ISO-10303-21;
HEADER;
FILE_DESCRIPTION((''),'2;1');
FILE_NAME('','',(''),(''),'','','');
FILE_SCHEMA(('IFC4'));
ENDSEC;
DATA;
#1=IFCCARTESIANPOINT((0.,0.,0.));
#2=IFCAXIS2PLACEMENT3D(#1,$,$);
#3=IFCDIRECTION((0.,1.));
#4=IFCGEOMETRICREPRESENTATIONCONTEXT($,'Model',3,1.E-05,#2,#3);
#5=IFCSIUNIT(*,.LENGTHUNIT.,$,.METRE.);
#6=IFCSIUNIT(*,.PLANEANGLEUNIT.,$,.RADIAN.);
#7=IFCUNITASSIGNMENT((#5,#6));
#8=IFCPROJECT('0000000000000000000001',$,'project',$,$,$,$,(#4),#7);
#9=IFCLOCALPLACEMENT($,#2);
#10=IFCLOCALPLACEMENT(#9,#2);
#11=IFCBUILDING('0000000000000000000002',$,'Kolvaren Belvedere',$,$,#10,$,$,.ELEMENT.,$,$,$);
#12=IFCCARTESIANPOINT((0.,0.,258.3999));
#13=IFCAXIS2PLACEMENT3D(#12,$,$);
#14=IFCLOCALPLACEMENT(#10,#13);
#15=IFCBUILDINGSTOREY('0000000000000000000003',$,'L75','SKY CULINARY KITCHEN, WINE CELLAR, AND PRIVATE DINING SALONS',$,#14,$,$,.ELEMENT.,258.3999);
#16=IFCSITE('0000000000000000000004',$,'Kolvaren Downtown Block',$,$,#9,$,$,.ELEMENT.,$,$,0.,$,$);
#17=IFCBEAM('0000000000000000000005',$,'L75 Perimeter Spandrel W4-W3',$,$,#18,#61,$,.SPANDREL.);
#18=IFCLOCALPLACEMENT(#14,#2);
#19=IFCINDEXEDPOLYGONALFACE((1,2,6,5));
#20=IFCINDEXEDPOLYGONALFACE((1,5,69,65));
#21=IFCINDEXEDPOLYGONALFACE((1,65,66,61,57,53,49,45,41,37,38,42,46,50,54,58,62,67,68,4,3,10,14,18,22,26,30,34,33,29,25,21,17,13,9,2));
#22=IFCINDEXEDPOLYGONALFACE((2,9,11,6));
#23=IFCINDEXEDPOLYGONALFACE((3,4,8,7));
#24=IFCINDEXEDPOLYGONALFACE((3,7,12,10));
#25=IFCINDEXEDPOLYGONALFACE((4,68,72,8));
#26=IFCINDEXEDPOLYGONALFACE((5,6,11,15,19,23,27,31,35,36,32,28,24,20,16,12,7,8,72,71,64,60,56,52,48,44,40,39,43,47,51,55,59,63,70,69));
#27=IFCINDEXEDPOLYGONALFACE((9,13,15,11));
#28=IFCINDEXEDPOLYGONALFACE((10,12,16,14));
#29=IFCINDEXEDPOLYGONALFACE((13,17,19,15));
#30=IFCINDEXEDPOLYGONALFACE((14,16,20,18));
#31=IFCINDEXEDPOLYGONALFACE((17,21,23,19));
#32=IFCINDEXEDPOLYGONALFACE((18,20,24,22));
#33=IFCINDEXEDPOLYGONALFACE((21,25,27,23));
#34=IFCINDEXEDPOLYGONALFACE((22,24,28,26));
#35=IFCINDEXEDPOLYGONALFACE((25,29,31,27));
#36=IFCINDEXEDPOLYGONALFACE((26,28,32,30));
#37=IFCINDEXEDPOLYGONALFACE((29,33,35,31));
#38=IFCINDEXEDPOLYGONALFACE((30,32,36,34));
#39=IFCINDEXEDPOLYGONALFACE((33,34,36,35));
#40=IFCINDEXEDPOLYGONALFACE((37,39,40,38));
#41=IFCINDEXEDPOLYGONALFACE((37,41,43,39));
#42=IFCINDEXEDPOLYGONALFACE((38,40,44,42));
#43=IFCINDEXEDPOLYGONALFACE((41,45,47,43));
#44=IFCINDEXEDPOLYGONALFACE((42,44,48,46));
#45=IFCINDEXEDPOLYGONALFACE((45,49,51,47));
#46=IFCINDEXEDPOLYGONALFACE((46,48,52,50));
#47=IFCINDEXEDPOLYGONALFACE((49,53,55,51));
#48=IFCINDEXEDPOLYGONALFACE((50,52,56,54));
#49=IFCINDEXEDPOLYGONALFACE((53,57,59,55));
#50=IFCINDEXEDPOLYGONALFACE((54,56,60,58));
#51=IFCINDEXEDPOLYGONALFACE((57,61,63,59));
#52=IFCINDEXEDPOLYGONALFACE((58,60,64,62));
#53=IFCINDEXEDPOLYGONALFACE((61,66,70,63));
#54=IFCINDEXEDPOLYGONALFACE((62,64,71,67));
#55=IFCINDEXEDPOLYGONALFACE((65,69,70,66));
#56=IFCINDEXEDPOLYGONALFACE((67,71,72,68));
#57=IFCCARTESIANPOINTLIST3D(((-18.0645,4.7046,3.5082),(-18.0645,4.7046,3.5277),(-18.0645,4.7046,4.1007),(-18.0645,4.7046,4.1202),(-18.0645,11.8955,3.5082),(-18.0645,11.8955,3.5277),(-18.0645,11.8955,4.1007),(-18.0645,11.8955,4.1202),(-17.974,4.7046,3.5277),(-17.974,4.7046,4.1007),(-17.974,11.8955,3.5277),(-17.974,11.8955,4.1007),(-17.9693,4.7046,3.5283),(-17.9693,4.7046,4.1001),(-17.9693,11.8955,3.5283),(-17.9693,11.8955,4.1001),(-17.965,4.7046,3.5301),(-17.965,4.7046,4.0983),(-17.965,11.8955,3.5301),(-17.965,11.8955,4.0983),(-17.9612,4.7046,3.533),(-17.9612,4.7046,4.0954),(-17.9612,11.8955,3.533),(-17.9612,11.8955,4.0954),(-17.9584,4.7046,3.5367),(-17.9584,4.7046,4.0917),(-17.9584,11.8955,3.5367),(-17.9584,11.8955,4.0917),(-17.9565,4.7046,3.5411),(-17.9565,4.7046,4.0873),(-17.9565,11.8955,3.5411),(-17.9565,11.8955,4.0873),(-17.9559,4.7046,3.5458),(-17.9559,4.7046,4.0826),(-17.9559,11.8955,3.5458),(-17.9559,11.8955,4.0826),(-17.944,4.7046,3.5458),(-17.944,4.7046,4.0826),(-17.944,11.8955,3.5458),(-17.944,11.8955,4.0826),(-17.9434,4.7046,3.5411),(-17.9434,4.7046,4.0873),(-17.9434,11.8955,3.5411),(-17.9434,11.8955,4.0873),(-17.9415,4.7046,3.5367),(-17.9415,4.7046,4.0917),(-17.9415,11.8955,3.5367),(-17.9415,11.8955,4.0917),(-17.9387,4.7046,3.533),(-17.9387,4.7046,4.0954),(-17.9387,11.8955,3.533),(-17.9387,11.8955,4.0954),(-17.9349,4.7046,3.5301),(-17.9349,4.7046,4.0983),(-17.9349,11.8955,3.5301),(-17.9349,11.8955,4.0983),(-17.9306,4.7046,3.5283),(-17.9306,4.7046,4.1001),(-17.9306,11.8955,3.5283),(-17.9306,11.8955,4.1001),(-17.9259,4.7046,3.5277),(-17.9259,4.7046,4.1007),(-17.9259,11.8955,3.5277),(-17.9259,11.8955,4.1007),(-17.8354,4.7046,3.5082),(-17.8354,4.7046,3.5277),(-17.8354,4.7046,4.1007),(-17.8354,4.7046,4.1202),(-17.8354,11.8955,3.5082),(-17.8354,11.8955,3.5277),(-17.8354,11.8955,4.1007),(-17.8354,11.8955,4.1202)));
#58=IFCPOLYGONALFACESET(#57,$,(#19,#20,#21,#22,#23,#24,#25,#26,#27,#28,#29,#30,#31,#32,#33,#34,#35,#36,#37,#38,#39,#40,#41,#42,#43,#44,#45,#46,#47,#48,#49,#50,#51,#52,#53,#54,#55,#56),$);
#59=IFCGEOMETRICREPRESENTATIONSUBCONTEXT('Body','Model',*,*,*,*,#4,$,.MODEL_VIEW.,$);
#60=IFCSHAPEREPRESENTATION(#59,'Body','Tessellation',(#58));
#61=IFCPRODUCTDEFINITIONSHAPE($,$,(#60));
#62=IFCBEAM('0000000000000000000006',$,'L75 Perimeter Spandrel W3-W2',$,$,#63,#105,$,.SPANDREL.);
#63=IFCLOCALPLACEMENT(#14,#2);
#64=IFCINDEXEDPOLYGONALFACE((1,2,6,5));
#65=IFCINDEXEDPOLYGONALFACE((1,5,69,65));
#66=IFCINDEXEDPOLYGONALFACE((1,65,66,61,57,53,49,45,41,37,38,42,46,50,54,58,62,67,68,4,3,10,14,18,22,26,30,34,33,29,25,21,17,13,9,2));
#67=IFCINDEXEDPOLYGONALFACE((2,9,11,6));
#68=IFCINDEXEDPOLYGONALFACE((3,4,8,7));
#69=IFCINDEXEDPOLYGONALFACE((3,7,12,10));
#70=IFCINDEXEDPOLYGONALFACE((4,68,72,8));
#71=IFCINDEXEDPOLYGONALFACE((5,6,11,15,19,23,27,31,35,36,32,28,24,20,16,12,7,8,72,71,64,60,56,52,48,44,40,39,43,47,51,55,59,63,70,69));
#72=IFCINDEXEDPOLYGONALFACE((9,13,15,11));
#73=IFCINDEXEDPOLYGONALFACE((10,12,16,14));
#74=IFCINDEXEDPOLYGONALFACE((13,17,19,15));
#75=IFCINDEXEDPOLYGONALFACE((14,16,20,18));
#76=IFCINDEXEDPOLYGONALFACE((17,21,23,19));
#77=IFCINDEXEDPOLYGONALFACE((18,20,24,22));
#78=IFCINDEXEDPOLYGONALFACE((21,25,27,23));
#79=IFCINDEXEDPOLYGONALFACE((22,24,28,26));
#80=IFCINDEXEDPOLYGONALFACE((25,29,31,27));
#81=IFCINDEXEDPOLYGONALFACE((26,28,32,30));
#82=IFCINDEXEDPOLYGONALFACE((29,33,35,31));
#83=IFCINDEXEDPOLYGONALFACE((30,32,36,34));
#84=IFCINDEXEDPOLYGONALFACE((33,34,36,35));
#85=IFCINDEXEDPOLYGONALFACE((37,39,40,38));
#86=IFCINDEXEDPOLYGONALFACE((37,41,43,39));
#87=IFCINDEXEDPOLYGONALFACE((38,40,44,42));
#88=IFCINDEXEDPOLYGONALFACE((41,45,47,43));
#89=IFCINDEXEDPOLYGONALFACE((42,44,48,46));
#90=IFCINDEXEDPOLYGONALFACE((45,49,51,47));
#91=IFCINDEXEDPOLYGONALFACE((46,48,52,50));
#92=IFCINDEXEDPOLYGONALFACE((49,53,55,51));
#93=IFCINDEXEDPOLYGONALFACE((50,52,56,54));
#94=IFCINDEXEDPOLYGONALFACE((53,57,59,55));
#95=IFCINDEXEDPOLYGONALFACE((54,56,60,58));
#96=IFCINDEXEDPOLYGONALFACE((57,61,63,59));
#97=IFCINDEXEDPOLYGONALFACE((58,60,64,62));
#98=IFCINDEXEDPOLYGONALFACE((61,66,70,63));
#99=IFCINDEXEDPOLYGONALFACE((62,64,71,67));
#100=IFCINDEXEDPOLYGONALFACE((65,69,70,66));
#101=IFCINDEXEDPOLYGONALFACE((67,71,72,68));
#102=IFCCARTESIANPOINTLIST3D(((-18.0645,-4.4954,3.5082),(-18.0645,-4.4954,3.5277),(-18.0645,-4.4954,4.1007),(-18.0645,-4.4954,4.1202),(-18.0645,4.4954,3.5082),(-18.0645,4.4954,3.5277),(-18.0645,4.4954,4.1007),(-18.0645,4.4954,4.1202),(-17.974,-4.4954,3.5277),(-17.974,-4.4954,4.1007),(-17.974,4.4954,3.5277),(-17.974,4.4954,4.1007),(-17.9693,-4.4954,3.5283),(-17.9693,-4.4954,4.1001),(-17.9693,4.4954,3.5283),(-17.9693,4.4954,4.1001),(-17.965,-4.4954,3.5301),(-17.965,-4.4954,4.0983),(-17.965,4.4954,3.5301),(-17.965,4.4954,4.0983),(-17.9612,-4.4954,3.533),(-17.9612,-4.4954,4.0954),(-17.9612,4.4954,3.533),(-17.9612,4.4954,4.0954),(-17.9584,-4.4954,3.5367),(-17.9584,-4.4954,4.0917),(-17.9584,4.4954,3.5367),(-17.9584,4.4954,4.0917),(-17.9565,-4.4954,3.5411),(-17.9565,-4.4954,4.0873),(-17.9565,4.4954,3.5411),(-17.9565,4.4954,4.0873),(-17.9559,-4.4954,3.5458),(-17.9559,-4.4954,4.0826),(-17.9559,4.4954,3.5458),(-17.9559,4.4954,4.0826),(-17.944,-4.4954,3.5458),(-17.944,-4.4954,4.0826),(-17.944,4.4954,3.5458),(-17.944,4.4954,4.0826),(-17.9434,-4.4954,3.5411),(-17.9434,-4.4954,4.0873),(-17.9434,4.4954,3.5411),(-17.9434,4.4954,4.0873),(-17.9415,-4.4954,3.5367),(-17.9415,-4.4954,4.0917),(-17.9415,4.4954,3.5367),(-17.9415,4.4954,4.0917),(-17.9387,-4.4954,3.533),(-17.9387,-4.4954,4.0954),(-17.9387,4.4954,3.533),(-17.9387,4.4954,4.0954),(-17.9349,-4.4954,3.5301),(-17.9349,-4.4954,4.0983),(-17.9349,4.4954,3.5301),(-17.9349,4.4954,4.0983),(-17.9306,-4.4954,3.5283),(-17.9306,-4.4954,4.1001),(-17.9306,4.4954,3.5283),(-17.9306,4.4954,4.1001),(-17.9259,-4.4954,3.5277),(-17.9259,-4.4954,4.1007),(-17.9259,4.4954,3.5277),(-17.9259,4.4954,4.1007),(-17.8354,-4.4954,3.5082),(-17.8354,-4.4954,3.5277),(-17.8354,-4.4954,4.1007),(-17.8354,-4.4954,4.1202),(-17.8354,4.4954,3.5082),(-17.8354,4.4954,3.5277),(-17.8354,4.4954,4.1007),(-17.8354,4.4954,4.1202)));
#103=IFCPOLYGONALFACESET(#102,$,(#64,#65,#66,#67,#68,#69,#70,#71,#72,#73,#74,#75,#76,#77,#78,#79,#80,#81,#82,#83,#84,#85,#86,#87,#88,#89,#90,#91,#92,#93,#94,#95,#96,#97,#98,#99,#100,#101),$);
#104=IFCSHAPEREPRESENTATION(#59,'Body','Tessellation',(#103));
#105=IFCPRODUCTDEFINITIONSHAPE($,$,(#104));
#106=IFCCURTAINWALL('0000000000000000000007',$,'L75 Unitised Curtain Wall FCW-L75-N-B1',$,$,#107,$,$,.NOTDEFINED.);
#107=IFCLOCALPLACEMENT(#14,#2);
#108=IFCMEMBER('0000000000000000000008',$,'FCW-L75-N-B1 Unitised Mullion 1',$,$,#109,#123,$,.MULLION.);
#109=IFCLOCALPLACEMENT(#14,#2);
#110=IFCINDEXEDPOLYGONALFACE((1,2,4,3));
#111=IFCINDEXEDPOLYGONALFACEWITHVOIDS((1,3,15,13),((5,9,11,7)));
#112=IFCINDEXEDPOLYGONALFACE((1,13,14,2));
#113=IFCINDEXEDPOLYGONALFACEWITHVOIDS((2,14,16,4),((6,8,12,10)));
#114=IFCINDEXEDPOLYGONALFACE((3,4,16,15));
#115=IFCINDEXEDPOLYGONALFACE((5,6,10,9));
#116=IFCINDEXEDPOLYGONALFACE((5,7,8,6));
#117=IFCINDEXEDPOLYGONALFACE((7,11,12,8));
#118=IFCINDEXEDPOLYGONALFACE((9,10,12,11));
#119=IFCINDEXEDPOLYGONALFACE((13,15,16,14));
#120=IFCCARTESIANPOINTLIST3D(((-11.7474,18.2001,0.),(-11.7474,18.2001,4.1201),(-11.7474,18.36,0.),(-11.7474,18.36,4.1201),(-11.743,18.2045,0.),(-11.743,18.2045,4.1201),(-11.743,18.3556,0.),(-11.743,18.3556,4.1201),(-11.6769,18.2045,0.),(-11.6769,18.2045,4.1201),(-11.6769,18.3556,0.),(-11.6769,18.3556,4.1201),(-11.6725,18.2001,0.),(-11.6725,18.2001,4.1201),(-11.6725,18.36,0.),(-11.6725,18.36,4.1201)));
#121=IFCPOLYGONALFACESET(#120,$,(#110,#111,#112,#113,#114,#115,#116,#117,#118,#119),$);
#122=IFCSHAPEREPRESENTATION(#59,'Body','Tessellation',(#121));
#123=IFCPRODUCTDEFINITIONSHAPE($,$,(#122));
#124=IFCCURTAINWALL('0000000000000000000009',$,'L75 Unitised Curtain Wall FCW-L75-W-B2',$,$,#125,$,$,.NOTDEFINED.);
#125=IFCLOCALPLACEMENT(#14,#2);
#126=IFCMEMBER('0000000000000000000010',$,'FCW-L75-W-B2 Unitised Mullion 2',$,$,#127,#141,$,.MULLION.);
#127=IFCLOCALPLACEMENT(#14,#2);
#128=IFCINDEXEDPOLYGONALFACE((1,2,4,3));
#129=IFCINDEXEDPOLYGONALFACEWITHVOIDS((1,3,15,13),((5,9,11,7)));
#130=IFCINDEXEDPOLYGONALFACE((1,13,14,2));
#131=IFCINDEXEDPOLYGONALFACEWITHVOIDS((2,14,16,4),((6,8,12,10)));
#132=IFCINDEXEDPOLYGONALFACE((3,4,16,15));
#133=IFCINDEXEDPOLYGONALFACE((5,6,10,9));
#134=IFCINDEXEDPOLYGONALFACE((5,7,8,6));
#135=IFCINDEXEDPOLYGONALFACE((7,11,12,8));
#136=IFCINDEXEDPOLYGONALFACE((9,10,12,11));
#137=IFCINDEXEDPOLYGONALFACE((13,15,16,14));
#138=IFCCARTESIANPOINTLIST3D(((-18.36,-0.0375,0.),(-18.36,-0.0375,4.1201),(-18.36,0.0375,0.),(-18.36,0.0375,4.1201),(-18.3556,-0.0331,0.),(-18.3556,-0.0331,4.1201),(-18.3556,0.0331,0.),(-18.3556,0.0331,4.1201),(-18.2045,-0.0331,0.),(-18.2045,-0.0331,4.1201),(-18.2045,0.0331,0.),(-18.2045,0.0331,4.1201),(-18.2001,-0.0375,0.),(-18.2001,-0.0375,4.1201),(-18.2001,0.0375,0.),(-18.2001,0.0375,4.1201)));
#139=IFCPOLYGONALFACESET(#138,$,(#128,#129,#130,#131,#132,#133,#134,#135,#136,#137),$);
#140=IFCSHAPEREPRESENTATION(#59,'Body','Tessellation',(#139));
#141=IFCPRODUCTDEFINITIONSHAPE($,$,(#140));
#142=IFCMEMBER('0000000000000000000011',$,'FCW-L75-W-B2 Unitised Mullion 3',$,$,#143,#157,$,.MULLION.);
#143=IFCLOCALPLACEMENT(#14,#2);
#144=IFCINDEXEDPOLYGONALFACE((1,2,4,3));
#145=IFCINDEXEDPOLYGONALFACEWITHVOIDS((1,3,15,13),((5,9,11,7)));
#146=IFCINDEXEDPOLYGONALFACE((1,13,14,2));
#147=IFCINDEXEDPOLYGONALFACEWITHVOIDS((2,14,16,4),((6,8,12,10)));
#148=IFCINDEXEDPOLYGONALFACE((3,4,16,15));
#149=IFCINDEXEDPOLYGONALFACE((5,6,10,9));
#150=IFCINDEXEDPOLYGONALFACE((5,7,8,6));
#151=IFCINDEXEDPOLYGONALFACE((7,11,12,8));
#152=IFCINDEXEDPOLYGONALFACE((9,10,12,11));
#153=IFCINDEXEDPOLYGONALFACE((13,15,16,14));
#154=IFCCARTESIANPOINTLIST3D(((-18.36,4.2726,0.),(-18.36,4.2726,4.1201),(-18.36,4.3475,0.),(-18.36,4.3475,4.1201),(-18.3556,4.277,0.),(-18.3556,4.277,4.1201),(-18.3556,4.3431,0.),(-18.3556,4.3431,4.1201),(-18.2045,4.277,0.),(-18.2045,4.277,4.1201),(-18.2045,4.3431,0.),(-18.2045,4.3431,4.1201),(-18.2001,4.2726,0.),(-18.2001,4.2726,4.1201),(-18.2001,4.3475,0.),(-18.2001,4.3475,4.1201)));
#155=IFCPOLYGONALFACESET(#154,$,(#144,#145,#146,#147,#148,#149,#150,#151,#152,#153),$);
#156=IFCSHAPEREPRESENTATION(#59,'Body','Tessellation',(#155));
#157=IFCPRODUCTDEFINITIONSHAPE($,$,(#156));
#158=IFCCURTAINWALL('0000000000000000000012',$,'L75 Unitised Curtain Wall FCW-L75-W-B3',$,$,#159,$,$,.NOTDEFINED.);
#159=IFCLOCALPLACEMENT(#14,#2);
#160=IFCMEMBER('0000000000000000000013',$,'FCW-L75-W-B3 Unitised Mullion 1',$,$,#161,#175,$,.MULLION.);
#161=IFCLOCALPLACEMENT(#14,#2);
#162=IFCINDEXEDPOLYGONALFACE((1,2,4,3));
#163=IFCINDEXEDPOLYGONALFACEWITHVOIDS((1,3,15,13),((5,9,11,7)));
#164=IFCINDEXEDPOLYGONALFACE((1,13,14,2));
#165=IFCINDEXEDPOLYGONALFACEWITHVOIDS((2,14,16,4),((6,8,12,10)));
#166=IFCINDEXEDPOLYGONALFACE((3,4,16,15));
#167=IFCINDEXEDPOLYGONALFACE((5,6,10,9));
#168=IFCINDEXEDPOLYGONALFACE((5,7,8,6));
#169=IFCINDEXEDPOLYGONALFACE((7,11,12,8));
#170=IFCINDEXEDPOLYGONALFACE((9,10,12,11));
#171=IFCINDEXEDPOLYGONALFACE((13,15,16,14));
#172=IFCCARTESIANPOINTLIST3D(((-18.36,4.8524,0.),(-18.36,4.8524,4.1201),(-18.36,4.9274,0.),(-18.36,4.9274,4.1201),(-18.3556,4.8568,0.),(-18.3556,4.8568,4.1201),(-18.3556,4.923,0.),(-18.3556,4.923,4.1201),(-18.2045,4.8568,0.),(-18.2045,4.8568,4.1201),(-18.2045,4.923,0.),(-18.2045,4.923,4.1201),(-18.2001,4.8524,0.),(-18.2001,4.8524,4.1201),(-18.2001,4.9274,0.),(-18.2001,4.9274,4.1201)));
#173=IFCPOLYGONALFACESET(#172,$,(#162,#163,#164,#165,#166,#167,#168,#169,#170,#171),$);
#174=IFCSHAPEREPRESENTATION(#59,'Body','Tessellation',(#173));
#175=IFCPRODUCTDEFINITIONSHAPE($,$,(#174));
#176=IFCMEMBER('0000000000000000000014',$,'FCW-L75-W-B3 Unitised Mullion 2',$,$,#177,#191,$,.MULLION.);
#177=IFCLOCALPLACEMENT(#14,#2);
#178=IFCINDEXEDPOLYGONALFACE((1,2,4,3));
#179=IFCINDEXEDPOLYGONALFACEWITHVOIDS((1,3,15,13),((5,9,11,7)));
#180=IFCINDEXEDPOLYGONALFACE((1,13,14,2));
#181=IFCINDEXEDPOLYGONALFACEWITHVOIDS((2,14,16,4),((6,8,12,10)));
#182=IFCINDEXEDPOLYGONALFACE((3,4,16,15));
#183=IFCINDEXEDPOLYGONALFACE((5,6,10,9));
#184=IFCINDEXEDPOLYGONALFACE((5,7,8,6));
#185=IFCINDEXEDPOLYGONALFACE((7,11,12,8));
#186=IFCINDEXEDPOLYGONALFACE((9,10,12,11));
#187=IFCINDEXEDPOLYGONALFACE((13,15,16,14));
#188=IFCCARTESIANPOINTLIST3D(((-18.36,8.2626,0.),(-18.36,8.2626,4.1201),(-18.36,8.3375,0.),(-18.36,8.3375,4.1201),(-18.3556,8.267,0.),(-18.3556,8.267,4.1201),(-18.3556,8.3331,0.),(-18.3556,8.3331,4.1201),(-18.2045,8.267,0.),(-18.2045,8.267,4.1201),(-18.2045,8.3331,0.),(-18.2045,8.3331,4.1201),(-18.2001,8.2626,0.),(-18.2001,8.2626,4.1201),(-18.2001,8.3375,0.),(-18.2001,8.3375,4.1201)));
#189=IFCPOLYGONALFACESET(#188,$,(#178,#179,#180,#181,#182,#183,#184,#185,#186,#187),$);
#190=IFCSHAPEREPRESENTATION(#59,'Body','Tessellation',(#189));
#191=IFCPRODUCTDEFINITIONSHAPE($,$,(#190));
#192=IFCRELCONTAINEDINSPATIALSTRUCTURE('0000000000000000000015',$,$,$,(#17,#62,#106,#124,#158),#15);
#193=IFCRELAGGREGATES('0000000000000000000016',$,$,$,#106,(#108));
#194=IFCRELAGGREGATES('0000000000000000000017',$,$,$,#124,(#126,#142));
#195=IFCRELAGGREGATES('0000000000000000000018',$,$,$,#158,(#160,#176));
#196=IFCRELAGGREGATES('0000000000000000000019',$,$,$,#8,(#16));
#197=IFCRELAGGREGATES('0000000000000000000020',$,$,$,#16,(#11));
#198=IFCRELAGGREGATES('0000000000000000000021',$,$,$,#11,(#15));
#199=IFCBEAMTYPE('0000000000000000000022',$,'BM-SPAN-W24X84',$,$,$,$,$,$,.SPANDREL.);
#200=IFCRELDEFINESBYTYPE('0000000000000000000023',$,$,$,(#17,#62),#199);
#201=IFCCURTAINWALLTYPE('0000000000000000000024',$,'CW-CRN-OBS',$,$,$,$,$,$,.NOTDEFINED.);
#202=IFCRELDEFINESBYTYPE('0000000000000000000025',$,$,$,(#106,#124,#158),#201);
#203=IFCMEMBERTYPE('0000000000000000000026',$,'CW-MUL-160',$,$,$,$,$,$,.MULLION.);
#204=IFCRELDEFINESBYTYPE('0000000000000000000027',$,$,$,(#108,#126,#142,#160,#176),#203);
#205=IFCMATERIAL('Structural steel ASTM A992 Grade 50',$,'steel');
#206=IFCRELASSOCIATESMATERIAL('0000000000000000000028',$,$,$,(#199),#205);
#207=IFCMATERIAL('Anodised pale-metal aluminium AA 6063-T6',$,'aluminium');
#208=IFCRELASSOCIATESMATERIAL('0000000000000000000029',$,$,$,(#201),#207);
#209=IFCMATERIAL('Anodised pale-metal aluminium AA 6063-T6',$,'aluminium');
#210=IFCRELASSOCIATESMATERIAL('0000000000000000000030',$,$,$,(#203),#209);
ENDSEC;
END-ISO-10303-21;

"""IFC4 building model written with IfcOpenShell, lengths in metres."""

from ifc_helpers import new_model, si_unit, direction, frame, origin, origin_2d, place, context, subcontext, project, spatial, hollow_rectangle, i_section, extrude, material, material_profile, profile_set, type_object, element, aggregate, save


model = new_model("IFC4")

# Units and contexts
model_context = context("Model", 3, precision=1e-05, world=origin(), true_north=direction((0.0, 1.0)))
body_context = subcontext(model_context, "Body", "Model", "MODEL_VIEW")
ifc_project = project(units=[si_unit("LENGTHUNIT", "METRE"), si_unit("PLANEANGLEUNIT", "RADIAN")], contexts=[model_context])

# Site, building, storey
site_placement = place(None, origin())
site = spatial("IfcSite", under=ifc_project, at=site_placement, Name="Kolvaren Downtown Block", CompositionType="ELEMENT", RefElevation=0.0)
building_placement = place(site_placement, origin())
building = spatial("IfcBuilding", under=site, at=building_placement, Name="Kolvaren Belvedere", CompositionType="ELEMENT")
storey_placement = place(building_placement, frame((0.0, 0.0, 258.3999)))
storey = spatial("IfcBuildingStorey", under=building, at=storey_placement, Name="L75", Description="SKY CULINARY KITCHEN, WINE CELLAR, AND PRIVATE DINING SALONS", CompositionType="ELEMENT", Elevation=258.3999)

# Beams
ifc_material_1 = material(Name="Structural steel ASTM A992 Grade 50", Category="steel")
ifc_material_profile_1 = material_profile(ifc_material_1, i_section(OverallWidth=0.229, OverallDepth=0.6121, WebThickness=0.012, FlangeThickness=0.0195, FilletRadius=0.0181, at=origin_2d()), Name="W24X84")
ifc_profile_set_1 = profile_set([ifc_material_profile_1], Name="Structural steel ASTM A992 Grade 50")
beam_type_1 = type_object("IfcBeamType", Name="BM-SPAN-W24X84", PredefinedType="SPANDREL", material=ifc_profile_set_1)
beam_1_placement = place(storey_placement, frame((-17.95, 11.8955, 3.8142), z_axis=(0.0, -1.0, 0.0), x_axis=(1.0, 0.0, 0.0)))
element("IfcBeam", 1, at=beam_1_placement, inside=storey, type_object=beam_type_1, Name="L75 Perimeter Spandrel W4-W3", PredefinedType="SPANDREL", context=body_context, shape_type="SweptSolid", body=[
    extrude(i_section(OverallWidth=0.229, OverallDepth=0.6121, WebThickness=0.012, FlangeThickness=0.0195, FilletRadius=0.0181, at=origin_2d()), origin(), (0.0, 0.0, 1.0), 7.1909),
])
beam_2_placement = place(storey_placement, frame((-17.95, 4.4954, 3.8142), z_axis=(0.0, -1.0, 0.0), x_axis=(1.0, 0.0, 0.0)))
element("IfcBeam", 2, at=beam_2_placement, inside=storey, type_object=beam_type_1, Name="L75 Perimeter Spandrel W3-W2", PredefinedType="SPANDREL", context=body_context, shape_type="SweptSolid", body=[
    extrude(i_section(OverallWidth=0.229, OverallDepth=0.6121, WebThickness=0.012, FlangeThickness=0.0195, FilletRadius=0.0181, at=origin_2d()), origin(), (0.0, 0.0, 1.0), 8.9907),
])

# Curtain wall, member
ifc_material_2 = material(Name="Anodised pale-metal aluminium AA 6063-T6", Category="aluminium")
curtain_wall_type = type_object("IfcCurtainWallType", Name="CW-CRN-OBS", PredefinedType="NOTDEFINED", material=ifc_material_2)
curtain_wall_1_placement = place(storey_placement, origin())
curtain_wall_1 = element("IfcCurtainWall", 3, at=curtain_wall_1_placement, inside=storey, type_object=curtain_wall_type, Name="L75 Unitised Curtain Wall FCW-L75-N-B1", PredefinedType="NOTDEFINED")
ifc_material_3 = material(Name="Anodised pale-metal aluminium AA 6063-T6", Category="aluminium")
ifc_material_profile_2 = material_profile(ifc_material_3, hollow_rectangle(XDim=0.075, YDim=0.1599, WallThickness=0.0044, at=origin_2d()), Name="ALU-MUL-160X75")
ifc_profile_set_2 = profile_set([ifc_material_profile_2], Name="Anodised pale-metal aluminium AA 6063-T6")
member_type_1 = type_object("IfcMemberType", Name="CW-MUL-160", PredefinedType="MULLION", material=ifc_profile_set_2)
member_1_placement = place(storey_placement, frame((-11.71, 18.28, 0.0), z_axis=(0.0, 0.0, 1.0), x_axis=(1.0, 0.0, 0.0)))
member_1 = element("IfcMember", 4, at=member_1_placement, type_object=member_type_1, Name="FCW-L75-N-B1 Unitised Mullion 1", PredefinedType="MULLION", context=body_context, shape_type="SweptSolid", body=[
    extrude(hollow_rectangle(XDim=0.075, YDim=0.1599, WallThickness=0.0044, at=origin_2d()), origin(), (0.0, 0.0, 1.0), 4.1201),
])

# Curtain walls, members
curtain_wall_2_placement = place(storey_placement, origin())
curtain_wall_2 = element("IfcCurtainWall", 5, at=curtain_wall_2_placement, inside=storey, type_object=curtain_wall_type, Name="L75 Unitised Curtain Wall FCW-L75-W-B2", PredefinedType="NOTDEFINED")
member_2_placement = place(storey_placement, frame((-18.28, 0.0, 0.0), z_axis=(0.0, 0.0, 1.0), x_axis=(0.0, 1.0, 0.0)))
member_2 = element("IfcMember", 6, at=member_2_placement, type_object=member_type_1, Name="FCW-L75-W-B2 Unitised Mullion 2", PredefinedType="MULLION", context=body_context, shape_type="SweptSolid", body=[
    extrude(hollow_rectangle(XDim=0.075, YDim=0.1599, WallThickness=0.0044, at=origin_2d()), origin(), (0.0, 0.0, 1.0), 4.1201),
])
member_3_placement = place(storey_placement, frame((-18.28, 4.3101, 0.0), z_axis=(0.0, 0.0, 1.0), x_axis=(0.0, 1.0, 0.0)))
member_3 = element("IfcMember", 7, at=member_3_placement, type_object=member_type_1, Name="FCW-L75-W-B2 Unitised Mullion 3", PredefinedType="MULLION", context=body_context, shape_type="SweptSolid", body=[
    extrude(hollow_rectangle(XDim=0.075, YDim=0.1599, WallThickness=0.0044, at=origin_2d()), origin(), (0.0, 0.0, 1.0), 4.1201),
])
curtain_wall_3_placement = place(storey_placement, origin())
curtain_wall_3 = element("IfcCurtainWall", 8, at=curtain_wall_3_placement, inside=storey, type_object=curtain_wall_type, Name="L75 Unitised Curtain Wall FCW-L75-W-B3", PredefinedType="NOTDEFINED")
member_4_placement = place(storey_placement, frame((-18.28, 4.8899, 0.0), z_axis=(0.0, 0.0, 1.0), x_axis=(0.0, 1.0, 0.0)))
member_4 = element("IfcMember", 9, at=member_4_placement, type_object=member_type_1, Name="FCW-L75-W-B3 Unitised Mullion 1", PredefinedType="MULLION", context=body_context, shape_type="SweptSolid", body=[
    extrude(hollow_rectangle(XDim=0.075, YDim=0.1599, WallThickness=0.0044, at=origin_2d()), origin(), (0.0, 0.0, 1.0), 4.1201),
])
member_5_placement = place(storey_placement, frame((-18.28, 8.3, 0.0), z_axis=(0.0, 0.0, 1.0), x_axis=(0.0, 1.0, 0.0)))
member_5 = element("IfcMember", 10, at=member_5_placement, type_object=member_type_1, Name="FCW-L75-W-B3 Unitised Mullion 2", PredefinedType="MULLION", context=body_context, shape_type="SweptSolid", body=[
    extrude(hollow_rectangle(XDim=0.075, YDim=0.1599, WallThickness=0.0044, at=origin_2d()), origin(), (0.0, 0.0, 1.0), 4.1201),
])

aggregate(curtain_wall_1, [member_1])

aggregate(curtain_wall_2, [member_2, member_3])
aggregate(curtain_wall_3, [member_4, member_5])

save(model, "model.ifc")
